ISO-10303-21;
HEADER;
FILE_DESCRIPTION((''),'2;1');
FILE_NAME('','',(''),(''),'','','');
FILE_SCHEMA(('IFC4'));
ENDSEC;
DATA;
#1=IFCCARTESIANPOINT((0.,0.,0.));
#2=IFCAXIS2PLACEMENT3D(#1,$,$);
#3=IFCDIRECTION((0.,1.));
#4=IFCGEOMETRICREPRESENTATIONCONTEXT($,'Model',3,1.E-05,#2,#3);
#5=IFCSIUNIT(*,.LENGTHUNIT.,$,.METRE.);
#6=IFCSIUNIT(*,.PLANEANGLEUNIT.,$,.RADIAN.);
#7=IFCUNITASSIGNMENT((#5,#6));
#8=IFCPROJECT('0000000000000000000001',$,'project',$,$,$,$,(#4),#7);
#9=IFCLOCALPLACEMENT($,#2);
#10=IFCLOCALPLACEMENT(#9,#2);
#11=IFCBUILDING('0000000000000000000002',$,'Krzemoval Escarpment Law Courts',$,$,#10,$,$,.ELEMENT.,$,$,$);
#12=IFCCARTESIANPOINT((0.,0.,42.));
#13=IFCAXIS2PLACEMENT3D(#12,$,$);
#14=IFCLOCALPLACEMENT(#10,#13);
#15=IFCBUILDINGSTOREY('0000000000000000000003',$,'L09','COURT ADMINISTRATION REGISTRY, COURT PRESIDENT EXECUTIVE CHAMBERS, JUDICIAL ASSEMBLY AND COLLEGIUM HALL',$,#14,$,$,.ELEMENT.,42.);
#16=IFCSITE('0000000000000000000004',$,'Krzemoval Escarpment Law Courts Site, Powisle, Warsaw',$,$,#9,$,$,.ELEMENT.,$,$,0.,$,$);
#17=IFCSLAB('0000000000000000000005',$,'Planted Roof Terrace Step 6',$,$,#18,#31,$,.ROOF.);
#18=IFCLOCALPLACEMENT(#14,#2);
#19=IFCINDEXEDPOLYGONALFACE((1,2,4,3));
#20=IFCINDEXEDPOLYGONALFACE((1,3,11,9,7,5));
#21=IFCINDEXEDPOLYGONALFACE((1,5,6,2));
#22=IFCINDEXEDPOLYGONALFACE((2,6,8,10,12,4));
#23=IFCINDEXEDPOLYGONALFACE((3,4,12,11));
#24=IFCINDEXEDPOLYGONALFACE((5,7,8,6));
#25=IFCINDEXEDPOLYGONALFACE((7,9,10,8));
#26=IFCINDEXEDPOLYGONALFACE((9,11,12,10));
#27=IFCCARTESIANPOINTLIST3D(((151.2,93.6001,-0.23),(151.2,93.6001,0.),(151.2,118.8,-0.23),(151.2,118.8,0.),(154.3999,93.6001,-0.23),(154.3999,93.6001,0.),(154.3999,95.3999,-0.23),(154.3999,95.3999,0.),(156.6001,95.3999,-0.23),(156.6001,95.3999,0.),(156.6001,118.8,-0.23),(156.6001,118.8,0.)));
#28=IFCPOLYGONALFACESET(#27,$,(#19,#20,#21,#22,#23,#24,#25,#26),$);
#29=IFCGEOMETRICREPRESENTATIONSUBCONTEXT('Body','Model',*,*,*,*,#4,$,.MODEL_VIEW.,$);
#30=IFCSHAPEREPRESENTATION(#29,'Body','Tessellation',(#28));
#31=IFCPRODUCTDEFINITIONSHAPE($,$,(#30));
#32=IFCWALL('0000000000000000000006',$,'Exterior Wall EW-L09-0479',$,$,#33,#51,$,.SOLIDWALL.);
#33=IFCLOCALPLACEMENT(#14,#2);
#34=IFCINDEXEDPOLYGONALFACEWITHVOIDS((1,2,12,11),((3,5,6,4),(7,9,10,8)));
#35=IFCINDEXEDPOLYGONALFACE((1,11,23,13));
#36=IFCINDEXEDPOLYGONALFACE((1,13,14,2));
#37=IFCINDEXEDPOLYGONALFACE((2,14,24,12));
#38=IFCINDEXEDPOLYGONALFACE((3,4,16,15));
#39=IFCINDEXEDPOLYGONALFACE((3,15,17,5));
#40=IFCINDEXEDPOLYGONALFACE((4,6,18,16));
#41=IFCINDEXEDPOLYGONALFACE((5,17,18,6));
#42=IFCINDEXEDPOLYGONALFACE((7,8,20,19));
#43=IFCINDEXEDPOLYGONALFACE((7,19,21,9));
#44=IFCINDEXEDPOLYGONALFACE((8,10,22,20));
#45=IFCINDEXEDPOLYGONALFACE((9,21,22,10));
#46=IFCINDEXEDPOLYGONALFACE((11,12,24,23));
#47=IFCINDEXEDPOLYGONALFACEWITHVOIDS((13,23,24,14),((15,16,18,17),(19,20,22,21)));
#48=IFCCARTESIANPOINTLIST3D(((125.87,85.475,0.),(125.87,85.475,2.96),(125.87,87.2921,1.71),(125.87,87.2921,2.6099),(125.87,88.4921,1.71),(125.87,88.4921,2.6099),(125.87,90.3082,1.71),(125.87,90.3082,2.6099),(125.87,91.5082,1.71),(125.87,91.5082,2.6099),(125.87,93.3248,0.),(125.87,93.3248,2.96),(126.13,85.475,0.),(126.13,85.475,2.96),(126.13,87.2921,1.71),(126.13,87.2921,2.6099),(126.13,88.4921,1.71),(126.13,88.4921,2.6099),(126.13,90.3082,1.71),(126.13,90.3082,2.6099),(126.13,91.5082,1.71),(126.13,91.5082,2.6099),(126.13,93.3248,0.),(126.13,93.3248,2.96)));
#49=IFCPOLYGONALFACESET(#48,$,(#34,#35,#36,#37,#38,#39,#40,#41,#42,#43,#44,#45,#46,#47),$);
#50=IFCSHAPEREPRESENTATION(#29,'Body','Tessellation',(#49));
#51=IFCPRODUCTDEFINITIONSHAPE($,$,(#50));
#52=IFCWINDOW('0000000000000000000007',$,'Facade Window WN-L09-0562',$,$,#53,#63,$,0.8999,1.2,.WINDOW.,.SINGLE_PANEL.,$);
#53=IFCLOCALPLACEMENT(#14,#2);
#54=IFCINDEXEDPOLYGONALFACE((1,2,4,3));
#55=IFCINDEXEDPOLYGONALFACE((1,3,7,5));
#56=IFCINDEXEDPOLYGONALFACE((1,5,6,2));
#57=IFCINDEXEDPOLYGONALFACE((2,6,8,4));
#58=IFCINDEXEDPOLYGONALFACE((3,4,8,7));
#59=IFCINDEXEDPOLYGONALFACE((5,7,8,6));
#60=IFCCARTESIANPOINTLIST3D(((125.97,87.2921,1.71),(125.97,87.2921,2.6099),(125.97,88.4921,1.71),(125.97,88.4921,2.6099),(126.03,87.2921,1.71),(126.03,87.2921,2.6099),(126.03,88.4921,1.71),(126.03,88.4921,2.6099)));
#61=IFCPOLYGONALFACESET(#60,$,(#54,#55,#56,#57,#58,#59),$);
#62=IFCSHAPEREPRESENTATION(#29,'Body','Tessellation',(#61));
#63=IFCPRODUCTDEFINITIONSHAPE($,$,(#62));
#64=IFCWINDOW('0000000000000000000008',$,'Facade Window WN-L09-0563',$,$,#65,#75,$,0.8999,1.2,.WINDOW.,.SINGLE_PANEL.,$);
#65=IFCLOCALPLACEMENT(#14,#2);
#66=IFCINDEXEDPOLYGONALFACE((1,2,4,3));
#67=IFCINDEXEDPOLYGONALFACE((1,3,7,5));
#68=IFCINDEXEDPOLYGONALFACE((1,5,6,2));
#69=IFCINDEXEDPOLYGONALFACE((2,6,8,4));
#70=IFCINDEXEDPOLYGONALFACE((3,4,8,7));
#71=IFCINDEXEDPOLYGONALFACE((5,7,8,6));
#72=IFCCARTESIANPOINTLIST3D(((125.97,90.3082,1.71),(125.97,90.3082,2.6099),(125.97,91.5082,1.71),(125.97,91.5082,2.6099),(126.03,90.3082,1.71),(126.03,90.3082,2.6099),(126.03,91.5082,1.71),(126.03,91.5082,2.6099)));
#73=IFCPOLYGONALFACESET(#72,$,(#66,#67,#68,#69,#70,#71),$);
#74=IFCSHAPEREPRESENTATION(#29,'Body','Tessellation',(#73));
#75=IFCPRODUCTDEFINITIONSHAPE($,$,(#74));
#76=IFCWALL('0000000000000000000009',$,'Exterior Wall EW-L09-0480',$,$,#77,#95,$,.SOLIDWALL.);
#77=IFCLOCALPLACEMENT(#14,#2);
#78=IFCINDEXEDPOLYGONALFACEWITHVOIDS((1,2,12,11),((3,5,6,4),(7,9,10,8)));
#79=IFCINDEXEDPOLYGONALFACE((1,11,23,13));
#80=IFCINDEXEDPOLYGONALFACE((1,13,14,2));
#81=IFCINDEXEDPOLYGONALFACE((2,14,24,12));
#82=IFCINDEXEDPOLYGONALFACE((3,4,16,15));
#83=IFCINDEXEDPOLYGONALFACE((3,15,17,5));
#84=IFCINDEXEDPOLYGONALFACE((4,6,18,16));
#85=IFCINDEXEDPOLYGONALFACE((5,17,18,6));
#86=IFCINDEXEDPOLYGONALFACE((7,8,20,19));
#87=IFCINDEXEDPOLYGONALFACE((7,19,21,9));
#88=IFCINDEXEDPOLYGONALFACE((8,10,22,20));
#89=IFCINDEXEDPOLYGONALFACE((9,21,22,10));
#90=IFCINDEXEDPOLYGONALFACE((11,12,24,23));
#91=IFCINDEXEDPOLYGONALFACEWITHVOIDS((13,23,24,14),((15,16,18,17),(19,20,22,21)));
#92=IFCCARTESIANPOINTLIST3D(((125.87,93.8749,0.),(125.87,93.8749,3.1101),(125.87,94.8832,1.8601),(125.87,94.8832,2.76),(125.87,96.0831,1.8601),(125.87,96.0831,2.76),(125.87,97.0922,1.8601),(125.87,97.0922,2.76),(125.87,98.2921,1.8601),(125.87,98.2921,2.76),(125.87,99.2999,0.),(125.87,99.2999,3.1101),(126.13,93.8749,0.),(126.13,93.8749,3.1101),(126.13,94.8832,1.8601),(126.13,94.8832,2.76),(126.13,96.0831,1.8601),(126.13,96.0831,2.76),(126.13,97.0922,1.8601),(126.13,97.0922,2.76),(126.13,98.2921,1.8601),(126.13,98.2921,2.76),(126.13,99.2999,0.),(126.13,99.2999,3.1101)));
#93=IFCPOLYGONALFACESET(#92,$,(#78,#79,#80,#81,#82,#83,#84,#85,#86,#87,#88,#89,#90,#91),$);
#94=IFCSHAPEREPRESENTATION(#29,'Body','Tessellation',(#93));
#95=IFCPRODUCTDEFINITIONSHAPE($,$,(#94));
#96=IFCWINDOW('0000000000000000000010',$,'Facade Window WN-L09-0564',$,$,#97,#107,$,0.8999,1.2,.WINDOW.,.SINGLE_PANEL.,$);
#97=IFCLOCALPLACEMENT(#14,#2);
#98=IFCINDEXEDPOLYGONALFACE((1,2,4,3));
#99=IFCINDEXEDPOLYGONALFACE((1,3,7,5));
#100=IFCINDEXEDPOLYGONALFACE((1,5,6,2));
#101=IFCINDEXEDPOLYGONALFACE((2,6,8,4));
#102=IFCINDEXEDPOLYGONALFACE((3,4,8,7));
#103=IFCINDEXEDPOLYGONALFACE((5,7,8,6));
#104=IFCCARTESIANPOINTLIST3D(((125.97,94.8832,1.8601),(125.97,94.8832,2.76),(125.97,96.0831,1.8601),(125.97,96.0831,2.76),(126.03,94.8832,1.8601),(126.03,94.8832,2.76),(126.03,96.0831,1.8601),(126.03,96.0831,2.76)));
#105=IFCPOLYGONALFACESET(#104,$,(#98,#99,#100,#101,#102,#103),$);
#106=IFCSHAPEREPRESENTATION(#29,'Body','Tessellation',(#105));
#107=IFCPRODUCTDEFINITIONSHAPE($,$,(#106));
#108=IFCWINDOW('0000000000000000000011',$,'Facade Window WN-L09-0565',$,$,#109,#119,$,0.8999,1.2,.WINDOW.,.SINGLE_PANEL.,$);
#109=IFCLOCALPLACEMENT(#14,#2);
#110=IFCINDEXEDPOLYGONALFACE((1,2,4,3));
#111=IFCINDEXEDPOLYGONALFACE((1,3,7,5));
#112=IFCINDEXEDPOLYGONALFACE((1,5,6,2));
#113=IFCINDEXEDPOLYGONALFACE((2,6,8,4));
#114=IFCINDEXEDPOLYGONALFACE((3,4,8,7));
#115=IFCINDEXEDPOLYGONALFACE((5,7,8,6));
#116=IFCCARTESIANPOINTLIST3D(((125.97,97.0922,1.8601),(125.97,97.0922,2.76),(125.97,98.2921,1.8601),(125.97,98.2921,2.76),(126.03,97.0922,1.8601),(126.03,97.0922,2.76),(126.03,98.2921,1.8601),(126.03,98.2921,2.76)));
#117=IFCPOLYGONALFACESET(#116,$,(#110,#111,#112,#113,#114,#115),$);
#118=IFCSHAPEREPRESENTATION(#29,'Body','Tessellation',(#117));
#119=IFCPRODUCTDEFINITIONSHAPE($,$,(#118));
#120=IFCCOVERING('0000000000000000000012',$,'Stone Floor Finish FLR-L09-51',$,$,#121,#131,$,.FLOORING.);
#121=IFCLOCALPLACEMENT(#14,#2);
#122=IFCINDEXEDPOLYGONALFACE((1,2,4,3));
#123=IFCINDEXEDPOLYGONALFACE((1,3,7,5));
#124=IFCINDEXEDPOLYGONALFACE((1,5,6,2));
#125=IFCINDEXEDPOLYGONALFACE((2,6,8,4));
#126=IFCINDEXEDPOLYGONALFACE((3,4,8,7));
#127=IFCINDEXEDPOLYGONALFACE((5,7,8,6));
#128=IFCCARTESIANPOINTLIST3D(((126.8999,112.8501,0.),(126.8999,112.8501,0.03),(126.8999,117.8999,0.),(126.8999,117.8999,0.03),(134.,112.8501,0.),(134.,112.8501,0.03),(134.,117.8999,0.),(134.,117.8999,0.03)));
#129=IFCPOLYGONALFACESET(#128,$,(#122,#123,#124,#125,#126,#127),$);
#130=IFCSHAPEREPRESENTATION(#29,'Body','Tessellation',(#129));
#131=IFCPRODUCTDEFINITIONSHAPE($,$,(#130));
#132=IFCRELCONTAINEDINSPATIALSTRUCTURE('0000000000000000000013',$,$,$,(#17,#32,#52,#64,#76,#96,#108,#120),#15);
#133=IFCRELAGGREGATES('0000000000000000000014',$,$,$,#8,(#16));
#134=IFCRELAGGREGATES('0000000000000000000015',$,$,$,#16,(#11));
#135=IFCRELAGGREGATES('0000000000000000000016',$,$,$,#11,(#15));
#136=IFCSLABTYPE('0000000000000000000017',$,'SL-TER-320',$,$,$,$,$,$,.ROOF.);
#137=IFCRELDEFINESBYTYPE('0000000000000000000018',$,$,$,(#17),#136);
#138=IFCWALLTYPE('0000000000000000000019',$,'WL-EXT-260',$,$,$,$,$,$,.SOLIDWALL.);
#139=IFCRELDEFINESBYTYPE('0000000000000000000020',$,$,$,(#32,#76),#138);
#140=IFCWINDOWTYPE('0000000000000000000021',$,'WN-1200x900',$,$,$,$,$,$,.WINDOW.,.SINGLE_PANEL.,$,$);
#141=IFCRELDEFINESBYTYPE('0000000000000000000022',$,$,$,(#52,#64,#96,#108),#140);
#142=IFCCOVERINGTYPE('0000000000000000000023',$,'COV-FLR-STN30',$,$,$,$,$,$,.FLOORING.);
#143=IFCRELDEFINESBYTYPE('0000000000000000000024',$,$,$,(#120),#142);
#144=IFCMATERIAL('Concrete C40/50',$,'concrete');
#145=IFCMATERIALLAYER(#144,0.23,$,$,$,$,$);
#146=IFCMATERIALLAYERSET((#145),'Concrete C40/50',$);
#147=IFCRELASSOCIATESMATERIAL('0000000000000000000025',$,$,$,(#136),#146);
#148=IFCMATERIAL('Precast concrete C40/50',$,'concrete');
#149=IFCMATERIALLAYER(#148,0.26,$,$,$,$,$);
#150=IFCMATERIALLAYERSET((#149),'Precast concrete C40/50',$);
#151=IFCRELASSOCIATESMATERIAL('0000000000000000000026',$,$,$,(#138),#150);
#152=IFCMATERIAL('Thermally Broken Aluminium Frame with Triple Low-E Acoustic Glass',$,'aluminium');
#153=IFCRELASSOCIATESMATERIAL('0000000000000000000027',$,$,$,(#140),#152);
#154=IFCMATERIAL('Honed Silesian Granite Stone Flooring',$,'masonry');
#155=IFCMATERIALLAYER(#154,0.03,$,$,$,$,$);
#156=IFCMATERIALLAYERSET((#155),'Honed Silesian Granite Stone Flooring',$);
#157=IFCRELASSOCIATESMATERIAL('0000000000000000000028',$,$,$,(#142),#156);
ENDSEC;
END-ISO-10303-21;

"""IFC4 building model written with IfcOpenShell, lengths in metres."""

from ifc_helpers import new_model, si_unit, direction, frame, frame_2d, origin, place, context, subcontext, project, spatial, polyline, rectangle, outline, extrude, material, layer, layer_set, type_object, element, fill, save


model = new_model("IFC4")

# Units and contexts
model_context = context("Model", 3, precision=1e-05, world=origin(), true_north=direction((0.0, 1.0)))
body_context = subcontext(model_context, "Body", "Model", "MODEL_VIEW")
ifc_project = project(units=[si_unit("LENGTHUNIT", "METRE"), si_unit("PLANEANGLEUNIT", "RADIAN")], contexts=[model_context])

# Site, building, storey
site_placement = place(None, origin())
site = spatial("IfcSite", under=ifc_project, at=site_placement, Name="Krzemoval Escarpment Law Courts Site, Powisle, Warsaw", CompositionType="ELEMENT", RefElevation=0.0)
building_placement = place(site_placement, origin())
building = spatial("IfcBuilding", under=site, at=building_placement, Name="Krzemoval Escarpment Law Courts", CompositionType="ELEMENT")
storey_placement = place(building_placement, frame((0.0, 0.0, 42.0)))
storey = spatial("IfcBuildingStorey", under=building, at=storey_placement, Name="L09", Description="COURT ADMINISTRATION REGISTRY, COURT PRESIDENT EXECUTIVE CHAMBERS, JUDICIAL ASSEMBLY AND COLLEGIUM HALL", CompositionType="ELEMENT", Elevation=42.0)

# Slab
ifc_material_1 = material(Name="Concrete C40/50", Category="concrete")
ifc_layer_1 = layer(ifc_material_1, 0.23)
ifc_layer_set_1 = layer_set([ifc_layer_1], Name="Concrete C40/50")
slab_type_1 = type_object("IfcSlabType", Name="SL-TER-320", PredefinedType="ROOF", material=ifc_layer_set_1)
slab_1_placement = place(storey_placement, frame((0.0, 0.0, -0.23)))
element("IfcSlab", 1, at=slab_1_placement, inside=storey, type_object=slab_type_1, Name="Planted Roof Terrace Step 6", PredefinedType="ROOF", context=body_context, shape_type="SweptSolid", body=[
    extrude(outline(polyline([(151.2, 118.8), (156.6001, 118.8), (156.6001, 95.3999), (154.3999, 95.3999), (154.3999, 93.6001), (151.2, 93.6001), (151.2, 118.8)])), origin(), (0.0, 0.0, 1.0), 0.23),
])

# Walls, openings, windows
ifc_material_2 = material(Name="Precast concrete C40/50", Category="concrete")
ifc_layer_2 = layer(ifc_material_2, 0.26)
ifc_layer_set_2 = layer_set([ifc_layer_2], Name="Precast concrete C40/50")
wall_type = type_object("IfcWallType", Name="WL-EXT-260", PredefinedType="SOLIDWALL", material=ifc_layer_set_2)
wall_1_placement = place(storey_placement, frame((126.0, 85.4751, 0.0), z_axis=(0.0, 0.0, 1.0), x_axis=(0.0, 1.0, 0.0)))
wall_1 = element("IfcWall", 2, at=wall_1_placement, inside=storey, type_object=wall_type, Name="Exterior Wall EW-L09-0479", PredefinedType="SOLIDWALL", context=body_context, shape_type="SweptSolid", body=[
    extrude(rectangle(XDim=7.8499, YDim=0.26, at=frame_2d((3.9248, 0.0))), origin(), (0.0, 0.0, 1.0), 2.96),
])
opening_1_placement = place(wall_1_placement, frame((1.8169, 0.0, 1.71)))
opening_1 = element("IfcOpeningElement", 3, at=opening_1_placement, cuts=wall_1, PredefinedType="OPENING", context=body_context, shape_type="SweptSolid", body=[
    extrude(rectangle(XDim=1.2, YDim=0.8999, at=frame_2d((0.6001, 0.45))), frame((0.0, 0.145, 0.0), z_axis=(0.0, -1.0, 0.0), x_axis=(1.0, 0.0, 0.0)), (0.0, 0.0, 1.0), 0.29),
])
opening_2_placement = place(wall_1_placement, frame((4.833, 0.0, 1.71)))
opening_2 = element("IfcOpeningElement", 4, at=opening_2_placement, cuts=wall_1, PredefinedType="OPENING", context=body_context, shape_type="SweptSolid", body=[
    extrude(rectangle(XDim=1.2, YDim=0.8999, at=frame_2d((0.6001, 0.45))), frame((0.0, 0.145, 0.0), z_axis=(0.0, -1.0, 0.0), x_axis=(1.0, 0.0, 0.0)), (0.0, 0.0, 1.0), 0.29),
])
ifc_material_3 = material(Name="Thermally Broken Aluminium Frame with Triple Low-E Acoustic Glass", Category="aluminium")
window_type = type_object("IfcWindowType", Name="WN-1200x900", PartitioningType="SINGLE_PANEL", PredefinedType="WINDOW", material=ifc_material_3)
window_1_placement = place(opening_1_placement, origin())
window_1 = element("IfcWindow", 5, at=window_1_placement, inside=storey, type_object=window_type, Name="Facade Window WN-L09-0562", OverallHeight=0.8999, OverallWidth=1.2, PartitioningType="SINGLE_PANEL", PredefinedType="WINDOW", context=body_context, shape_type="SweptSolid", body=[
    extrude(rectangle(XDim=1.2, YDim=0.8999, at=frame_2d((0.6001, 0.45))), frame((0.0, 0.03, 0.0), z_axis=(0.0, -1.0, 0.0), x_axis=(1.0, 0.0, 0.0)), (0.0, 0.0, 1.0), 0.0601),
])
fill(opening_1, window_1)
window_2_placement = place(opening_2_placement, origin())
window_2 = element("IfcWindow", 6, at=window_2_placement, inside=storey, type_object=window_type, Name="Facade Window WN-L09-0563", OverallHeight=0.8999, OverallWidth=1.2, PartitioningType="SINGLE_PANEL", PredefinedType="WINDOW", context=body_context, shape_type="SweptSolid", body=[
    extrude(rectangle(XDim=1.2, YDim=0.8999, at=frame_2d((0.6001, 0.45))), frame((0.0, 0.03, 0.0), z_axis=(0.0, -1.0, 0.0), x_axis=(1.0, 0.0, 0.0)), (0.0, 0.0, 1.0), 0.0601),
])
fill(opening_2, window_2)
wall_2_placement = place(storey_placement, frame((126.0, 93.875, 0.0), z_axis=(0.0, 0.0, 1.0), x_axis=(0.0, 1.0, 0.0)))
wall_2 = element("IfcWall", 7, at=wall_2_placement, inside=storey, type_object=wall_type, Name="Exterior Wall EW-L09-0480", PredefinedType="SOLIDWALL", context=body_context, shape_type="SweptSolid", body=[
    extrude(rectangle(XDim=5.425, YDim=0.26, at=frame_2d((2.7124, 0.0))), origin(), (0.0, 0.0, 1.0), 3.1101),
])
opening_3_placement = place(wall_2_placement, frame((1.0081, 0.0, 1.8601)))
opening_3 = element("IfcOpeningElement", 8, at=opening_3_placement, cuts=wall_2, PredefinedType="OPENING", context=body_context, shape_type="SweptSolid", body=[
    extrude(rectangle(XDim=1.2, YDim=0.8999, at=frame_2d((0.6001, 0.45))), frame((0.0, 0.145, 0.0), z_axis=(0.0, -1.0, 0.0), x_axis=(1.0, 0.0, 0.0)), (0.0, 0.0, 1.0), 0.29),
])
opening_4_placement = place(wall_2_placement, frame((3.217, 0.0, 1.8601)))
opening_4 = element("IfcOpeningElement", 9, at=opening_4_placement, cuts=wall_2, PredefinedType="OPENING", context=body_context, shape_type="SweptSolid", body=[
    extrude(rectangle(XDim=1.2, YDim=0.8999, at=frame_2d((0.6001, 0.45))), frame((0.0, 0.145, 0.0), z_axis=(0.0, -1.0, 0.0), x_axis=(1.0, 0.0, 0.0)), (0.0, 0.0, 1.0), 0.29),
])
window_3_placement = place(opening_3_placement, origin())
window_3 = element("IfcWindow", 10, at=window_3_placement, inside=storey, type_object=window_type, Name="Facade Window WN-L09-0564", OverallHeight=0.8999, OverallWidth=1.2, PartitioningType="SINGLE_PANEL", PredefinedType="WINDOW", context=body_context, shape_type="SweptSolid", body=[
    extrude(rectangle(XDim=1.2, YDim=0.8999, at=frame_2d((0.6001, 0.45))), frame((0.0, 0.03, 0.0), z_axis=(0.0, -1.0, 0.0), x_axis=(1.0, 0.0, 0.0)), (0.0, 0.0, 1.0), 0.0601),
])
fill(opening_3, window_3)
window_4_placement = place(opening_4_placement, origin())
window_4 = element("IfcWindow", 11, at=window_4_placement, inside=storey, type_object=window_type, Name="Facade Window WN-L09-0565", OverallHeight=0.8999, OverallWidth=1.2, PartitioningType="SINGLE_PANEL", PredefinedType="WINDOW", context=body_context, shape_type="SweptSolid", body=[
    extrude(rectangle(XDim=1.2, YDim=0.8999, at=frame_2d((0.6001, 0.45))), frame((0.0, 0.03, 0.0), z_axis=(0.0, -1.0, 0.0), x_axis=(1.0, 0.0, 0.0)), (0.0, 0.0, 1.0), 0.0601),
])
fill(opening_4, window_4)

# Covering
ifc_material_4 = material(Name="Honed Silesian Granite Stone Flooring", Category="masonry")
ifc_layer_3 = layer(ifc_material_4, 0.03)
ifc_layer_set_3 = layer_set([ifc_layer_3], Name="Honed Silesian Granite Stone Flooring")
covering_type = type_object("IfcCoveringType", Name="COV-FLR-STN30", PredefinedType="FLOORING", material=ifc_layer_set_3)
covering_placement = place(storey_placement, origin())
element("IfcCovering", 12, at=covering_placement, inside=storey, type_object=covering_type, Name="Stone Floor Finish FLR-L09-51", PredefinedType="FLOORING", context=body_context, shape_type="SweptSolid", body=[
    extrude(outline(polyline([(126.8999, 112.8501), (126.8999, 117.8999), (134.0, 117.8999), (134.0, 112.8501), (126.8999, 112.8501)])), origin(), (0.0, 0.0, 1.0), 0.03),
])

save(model, "model.ifc")
